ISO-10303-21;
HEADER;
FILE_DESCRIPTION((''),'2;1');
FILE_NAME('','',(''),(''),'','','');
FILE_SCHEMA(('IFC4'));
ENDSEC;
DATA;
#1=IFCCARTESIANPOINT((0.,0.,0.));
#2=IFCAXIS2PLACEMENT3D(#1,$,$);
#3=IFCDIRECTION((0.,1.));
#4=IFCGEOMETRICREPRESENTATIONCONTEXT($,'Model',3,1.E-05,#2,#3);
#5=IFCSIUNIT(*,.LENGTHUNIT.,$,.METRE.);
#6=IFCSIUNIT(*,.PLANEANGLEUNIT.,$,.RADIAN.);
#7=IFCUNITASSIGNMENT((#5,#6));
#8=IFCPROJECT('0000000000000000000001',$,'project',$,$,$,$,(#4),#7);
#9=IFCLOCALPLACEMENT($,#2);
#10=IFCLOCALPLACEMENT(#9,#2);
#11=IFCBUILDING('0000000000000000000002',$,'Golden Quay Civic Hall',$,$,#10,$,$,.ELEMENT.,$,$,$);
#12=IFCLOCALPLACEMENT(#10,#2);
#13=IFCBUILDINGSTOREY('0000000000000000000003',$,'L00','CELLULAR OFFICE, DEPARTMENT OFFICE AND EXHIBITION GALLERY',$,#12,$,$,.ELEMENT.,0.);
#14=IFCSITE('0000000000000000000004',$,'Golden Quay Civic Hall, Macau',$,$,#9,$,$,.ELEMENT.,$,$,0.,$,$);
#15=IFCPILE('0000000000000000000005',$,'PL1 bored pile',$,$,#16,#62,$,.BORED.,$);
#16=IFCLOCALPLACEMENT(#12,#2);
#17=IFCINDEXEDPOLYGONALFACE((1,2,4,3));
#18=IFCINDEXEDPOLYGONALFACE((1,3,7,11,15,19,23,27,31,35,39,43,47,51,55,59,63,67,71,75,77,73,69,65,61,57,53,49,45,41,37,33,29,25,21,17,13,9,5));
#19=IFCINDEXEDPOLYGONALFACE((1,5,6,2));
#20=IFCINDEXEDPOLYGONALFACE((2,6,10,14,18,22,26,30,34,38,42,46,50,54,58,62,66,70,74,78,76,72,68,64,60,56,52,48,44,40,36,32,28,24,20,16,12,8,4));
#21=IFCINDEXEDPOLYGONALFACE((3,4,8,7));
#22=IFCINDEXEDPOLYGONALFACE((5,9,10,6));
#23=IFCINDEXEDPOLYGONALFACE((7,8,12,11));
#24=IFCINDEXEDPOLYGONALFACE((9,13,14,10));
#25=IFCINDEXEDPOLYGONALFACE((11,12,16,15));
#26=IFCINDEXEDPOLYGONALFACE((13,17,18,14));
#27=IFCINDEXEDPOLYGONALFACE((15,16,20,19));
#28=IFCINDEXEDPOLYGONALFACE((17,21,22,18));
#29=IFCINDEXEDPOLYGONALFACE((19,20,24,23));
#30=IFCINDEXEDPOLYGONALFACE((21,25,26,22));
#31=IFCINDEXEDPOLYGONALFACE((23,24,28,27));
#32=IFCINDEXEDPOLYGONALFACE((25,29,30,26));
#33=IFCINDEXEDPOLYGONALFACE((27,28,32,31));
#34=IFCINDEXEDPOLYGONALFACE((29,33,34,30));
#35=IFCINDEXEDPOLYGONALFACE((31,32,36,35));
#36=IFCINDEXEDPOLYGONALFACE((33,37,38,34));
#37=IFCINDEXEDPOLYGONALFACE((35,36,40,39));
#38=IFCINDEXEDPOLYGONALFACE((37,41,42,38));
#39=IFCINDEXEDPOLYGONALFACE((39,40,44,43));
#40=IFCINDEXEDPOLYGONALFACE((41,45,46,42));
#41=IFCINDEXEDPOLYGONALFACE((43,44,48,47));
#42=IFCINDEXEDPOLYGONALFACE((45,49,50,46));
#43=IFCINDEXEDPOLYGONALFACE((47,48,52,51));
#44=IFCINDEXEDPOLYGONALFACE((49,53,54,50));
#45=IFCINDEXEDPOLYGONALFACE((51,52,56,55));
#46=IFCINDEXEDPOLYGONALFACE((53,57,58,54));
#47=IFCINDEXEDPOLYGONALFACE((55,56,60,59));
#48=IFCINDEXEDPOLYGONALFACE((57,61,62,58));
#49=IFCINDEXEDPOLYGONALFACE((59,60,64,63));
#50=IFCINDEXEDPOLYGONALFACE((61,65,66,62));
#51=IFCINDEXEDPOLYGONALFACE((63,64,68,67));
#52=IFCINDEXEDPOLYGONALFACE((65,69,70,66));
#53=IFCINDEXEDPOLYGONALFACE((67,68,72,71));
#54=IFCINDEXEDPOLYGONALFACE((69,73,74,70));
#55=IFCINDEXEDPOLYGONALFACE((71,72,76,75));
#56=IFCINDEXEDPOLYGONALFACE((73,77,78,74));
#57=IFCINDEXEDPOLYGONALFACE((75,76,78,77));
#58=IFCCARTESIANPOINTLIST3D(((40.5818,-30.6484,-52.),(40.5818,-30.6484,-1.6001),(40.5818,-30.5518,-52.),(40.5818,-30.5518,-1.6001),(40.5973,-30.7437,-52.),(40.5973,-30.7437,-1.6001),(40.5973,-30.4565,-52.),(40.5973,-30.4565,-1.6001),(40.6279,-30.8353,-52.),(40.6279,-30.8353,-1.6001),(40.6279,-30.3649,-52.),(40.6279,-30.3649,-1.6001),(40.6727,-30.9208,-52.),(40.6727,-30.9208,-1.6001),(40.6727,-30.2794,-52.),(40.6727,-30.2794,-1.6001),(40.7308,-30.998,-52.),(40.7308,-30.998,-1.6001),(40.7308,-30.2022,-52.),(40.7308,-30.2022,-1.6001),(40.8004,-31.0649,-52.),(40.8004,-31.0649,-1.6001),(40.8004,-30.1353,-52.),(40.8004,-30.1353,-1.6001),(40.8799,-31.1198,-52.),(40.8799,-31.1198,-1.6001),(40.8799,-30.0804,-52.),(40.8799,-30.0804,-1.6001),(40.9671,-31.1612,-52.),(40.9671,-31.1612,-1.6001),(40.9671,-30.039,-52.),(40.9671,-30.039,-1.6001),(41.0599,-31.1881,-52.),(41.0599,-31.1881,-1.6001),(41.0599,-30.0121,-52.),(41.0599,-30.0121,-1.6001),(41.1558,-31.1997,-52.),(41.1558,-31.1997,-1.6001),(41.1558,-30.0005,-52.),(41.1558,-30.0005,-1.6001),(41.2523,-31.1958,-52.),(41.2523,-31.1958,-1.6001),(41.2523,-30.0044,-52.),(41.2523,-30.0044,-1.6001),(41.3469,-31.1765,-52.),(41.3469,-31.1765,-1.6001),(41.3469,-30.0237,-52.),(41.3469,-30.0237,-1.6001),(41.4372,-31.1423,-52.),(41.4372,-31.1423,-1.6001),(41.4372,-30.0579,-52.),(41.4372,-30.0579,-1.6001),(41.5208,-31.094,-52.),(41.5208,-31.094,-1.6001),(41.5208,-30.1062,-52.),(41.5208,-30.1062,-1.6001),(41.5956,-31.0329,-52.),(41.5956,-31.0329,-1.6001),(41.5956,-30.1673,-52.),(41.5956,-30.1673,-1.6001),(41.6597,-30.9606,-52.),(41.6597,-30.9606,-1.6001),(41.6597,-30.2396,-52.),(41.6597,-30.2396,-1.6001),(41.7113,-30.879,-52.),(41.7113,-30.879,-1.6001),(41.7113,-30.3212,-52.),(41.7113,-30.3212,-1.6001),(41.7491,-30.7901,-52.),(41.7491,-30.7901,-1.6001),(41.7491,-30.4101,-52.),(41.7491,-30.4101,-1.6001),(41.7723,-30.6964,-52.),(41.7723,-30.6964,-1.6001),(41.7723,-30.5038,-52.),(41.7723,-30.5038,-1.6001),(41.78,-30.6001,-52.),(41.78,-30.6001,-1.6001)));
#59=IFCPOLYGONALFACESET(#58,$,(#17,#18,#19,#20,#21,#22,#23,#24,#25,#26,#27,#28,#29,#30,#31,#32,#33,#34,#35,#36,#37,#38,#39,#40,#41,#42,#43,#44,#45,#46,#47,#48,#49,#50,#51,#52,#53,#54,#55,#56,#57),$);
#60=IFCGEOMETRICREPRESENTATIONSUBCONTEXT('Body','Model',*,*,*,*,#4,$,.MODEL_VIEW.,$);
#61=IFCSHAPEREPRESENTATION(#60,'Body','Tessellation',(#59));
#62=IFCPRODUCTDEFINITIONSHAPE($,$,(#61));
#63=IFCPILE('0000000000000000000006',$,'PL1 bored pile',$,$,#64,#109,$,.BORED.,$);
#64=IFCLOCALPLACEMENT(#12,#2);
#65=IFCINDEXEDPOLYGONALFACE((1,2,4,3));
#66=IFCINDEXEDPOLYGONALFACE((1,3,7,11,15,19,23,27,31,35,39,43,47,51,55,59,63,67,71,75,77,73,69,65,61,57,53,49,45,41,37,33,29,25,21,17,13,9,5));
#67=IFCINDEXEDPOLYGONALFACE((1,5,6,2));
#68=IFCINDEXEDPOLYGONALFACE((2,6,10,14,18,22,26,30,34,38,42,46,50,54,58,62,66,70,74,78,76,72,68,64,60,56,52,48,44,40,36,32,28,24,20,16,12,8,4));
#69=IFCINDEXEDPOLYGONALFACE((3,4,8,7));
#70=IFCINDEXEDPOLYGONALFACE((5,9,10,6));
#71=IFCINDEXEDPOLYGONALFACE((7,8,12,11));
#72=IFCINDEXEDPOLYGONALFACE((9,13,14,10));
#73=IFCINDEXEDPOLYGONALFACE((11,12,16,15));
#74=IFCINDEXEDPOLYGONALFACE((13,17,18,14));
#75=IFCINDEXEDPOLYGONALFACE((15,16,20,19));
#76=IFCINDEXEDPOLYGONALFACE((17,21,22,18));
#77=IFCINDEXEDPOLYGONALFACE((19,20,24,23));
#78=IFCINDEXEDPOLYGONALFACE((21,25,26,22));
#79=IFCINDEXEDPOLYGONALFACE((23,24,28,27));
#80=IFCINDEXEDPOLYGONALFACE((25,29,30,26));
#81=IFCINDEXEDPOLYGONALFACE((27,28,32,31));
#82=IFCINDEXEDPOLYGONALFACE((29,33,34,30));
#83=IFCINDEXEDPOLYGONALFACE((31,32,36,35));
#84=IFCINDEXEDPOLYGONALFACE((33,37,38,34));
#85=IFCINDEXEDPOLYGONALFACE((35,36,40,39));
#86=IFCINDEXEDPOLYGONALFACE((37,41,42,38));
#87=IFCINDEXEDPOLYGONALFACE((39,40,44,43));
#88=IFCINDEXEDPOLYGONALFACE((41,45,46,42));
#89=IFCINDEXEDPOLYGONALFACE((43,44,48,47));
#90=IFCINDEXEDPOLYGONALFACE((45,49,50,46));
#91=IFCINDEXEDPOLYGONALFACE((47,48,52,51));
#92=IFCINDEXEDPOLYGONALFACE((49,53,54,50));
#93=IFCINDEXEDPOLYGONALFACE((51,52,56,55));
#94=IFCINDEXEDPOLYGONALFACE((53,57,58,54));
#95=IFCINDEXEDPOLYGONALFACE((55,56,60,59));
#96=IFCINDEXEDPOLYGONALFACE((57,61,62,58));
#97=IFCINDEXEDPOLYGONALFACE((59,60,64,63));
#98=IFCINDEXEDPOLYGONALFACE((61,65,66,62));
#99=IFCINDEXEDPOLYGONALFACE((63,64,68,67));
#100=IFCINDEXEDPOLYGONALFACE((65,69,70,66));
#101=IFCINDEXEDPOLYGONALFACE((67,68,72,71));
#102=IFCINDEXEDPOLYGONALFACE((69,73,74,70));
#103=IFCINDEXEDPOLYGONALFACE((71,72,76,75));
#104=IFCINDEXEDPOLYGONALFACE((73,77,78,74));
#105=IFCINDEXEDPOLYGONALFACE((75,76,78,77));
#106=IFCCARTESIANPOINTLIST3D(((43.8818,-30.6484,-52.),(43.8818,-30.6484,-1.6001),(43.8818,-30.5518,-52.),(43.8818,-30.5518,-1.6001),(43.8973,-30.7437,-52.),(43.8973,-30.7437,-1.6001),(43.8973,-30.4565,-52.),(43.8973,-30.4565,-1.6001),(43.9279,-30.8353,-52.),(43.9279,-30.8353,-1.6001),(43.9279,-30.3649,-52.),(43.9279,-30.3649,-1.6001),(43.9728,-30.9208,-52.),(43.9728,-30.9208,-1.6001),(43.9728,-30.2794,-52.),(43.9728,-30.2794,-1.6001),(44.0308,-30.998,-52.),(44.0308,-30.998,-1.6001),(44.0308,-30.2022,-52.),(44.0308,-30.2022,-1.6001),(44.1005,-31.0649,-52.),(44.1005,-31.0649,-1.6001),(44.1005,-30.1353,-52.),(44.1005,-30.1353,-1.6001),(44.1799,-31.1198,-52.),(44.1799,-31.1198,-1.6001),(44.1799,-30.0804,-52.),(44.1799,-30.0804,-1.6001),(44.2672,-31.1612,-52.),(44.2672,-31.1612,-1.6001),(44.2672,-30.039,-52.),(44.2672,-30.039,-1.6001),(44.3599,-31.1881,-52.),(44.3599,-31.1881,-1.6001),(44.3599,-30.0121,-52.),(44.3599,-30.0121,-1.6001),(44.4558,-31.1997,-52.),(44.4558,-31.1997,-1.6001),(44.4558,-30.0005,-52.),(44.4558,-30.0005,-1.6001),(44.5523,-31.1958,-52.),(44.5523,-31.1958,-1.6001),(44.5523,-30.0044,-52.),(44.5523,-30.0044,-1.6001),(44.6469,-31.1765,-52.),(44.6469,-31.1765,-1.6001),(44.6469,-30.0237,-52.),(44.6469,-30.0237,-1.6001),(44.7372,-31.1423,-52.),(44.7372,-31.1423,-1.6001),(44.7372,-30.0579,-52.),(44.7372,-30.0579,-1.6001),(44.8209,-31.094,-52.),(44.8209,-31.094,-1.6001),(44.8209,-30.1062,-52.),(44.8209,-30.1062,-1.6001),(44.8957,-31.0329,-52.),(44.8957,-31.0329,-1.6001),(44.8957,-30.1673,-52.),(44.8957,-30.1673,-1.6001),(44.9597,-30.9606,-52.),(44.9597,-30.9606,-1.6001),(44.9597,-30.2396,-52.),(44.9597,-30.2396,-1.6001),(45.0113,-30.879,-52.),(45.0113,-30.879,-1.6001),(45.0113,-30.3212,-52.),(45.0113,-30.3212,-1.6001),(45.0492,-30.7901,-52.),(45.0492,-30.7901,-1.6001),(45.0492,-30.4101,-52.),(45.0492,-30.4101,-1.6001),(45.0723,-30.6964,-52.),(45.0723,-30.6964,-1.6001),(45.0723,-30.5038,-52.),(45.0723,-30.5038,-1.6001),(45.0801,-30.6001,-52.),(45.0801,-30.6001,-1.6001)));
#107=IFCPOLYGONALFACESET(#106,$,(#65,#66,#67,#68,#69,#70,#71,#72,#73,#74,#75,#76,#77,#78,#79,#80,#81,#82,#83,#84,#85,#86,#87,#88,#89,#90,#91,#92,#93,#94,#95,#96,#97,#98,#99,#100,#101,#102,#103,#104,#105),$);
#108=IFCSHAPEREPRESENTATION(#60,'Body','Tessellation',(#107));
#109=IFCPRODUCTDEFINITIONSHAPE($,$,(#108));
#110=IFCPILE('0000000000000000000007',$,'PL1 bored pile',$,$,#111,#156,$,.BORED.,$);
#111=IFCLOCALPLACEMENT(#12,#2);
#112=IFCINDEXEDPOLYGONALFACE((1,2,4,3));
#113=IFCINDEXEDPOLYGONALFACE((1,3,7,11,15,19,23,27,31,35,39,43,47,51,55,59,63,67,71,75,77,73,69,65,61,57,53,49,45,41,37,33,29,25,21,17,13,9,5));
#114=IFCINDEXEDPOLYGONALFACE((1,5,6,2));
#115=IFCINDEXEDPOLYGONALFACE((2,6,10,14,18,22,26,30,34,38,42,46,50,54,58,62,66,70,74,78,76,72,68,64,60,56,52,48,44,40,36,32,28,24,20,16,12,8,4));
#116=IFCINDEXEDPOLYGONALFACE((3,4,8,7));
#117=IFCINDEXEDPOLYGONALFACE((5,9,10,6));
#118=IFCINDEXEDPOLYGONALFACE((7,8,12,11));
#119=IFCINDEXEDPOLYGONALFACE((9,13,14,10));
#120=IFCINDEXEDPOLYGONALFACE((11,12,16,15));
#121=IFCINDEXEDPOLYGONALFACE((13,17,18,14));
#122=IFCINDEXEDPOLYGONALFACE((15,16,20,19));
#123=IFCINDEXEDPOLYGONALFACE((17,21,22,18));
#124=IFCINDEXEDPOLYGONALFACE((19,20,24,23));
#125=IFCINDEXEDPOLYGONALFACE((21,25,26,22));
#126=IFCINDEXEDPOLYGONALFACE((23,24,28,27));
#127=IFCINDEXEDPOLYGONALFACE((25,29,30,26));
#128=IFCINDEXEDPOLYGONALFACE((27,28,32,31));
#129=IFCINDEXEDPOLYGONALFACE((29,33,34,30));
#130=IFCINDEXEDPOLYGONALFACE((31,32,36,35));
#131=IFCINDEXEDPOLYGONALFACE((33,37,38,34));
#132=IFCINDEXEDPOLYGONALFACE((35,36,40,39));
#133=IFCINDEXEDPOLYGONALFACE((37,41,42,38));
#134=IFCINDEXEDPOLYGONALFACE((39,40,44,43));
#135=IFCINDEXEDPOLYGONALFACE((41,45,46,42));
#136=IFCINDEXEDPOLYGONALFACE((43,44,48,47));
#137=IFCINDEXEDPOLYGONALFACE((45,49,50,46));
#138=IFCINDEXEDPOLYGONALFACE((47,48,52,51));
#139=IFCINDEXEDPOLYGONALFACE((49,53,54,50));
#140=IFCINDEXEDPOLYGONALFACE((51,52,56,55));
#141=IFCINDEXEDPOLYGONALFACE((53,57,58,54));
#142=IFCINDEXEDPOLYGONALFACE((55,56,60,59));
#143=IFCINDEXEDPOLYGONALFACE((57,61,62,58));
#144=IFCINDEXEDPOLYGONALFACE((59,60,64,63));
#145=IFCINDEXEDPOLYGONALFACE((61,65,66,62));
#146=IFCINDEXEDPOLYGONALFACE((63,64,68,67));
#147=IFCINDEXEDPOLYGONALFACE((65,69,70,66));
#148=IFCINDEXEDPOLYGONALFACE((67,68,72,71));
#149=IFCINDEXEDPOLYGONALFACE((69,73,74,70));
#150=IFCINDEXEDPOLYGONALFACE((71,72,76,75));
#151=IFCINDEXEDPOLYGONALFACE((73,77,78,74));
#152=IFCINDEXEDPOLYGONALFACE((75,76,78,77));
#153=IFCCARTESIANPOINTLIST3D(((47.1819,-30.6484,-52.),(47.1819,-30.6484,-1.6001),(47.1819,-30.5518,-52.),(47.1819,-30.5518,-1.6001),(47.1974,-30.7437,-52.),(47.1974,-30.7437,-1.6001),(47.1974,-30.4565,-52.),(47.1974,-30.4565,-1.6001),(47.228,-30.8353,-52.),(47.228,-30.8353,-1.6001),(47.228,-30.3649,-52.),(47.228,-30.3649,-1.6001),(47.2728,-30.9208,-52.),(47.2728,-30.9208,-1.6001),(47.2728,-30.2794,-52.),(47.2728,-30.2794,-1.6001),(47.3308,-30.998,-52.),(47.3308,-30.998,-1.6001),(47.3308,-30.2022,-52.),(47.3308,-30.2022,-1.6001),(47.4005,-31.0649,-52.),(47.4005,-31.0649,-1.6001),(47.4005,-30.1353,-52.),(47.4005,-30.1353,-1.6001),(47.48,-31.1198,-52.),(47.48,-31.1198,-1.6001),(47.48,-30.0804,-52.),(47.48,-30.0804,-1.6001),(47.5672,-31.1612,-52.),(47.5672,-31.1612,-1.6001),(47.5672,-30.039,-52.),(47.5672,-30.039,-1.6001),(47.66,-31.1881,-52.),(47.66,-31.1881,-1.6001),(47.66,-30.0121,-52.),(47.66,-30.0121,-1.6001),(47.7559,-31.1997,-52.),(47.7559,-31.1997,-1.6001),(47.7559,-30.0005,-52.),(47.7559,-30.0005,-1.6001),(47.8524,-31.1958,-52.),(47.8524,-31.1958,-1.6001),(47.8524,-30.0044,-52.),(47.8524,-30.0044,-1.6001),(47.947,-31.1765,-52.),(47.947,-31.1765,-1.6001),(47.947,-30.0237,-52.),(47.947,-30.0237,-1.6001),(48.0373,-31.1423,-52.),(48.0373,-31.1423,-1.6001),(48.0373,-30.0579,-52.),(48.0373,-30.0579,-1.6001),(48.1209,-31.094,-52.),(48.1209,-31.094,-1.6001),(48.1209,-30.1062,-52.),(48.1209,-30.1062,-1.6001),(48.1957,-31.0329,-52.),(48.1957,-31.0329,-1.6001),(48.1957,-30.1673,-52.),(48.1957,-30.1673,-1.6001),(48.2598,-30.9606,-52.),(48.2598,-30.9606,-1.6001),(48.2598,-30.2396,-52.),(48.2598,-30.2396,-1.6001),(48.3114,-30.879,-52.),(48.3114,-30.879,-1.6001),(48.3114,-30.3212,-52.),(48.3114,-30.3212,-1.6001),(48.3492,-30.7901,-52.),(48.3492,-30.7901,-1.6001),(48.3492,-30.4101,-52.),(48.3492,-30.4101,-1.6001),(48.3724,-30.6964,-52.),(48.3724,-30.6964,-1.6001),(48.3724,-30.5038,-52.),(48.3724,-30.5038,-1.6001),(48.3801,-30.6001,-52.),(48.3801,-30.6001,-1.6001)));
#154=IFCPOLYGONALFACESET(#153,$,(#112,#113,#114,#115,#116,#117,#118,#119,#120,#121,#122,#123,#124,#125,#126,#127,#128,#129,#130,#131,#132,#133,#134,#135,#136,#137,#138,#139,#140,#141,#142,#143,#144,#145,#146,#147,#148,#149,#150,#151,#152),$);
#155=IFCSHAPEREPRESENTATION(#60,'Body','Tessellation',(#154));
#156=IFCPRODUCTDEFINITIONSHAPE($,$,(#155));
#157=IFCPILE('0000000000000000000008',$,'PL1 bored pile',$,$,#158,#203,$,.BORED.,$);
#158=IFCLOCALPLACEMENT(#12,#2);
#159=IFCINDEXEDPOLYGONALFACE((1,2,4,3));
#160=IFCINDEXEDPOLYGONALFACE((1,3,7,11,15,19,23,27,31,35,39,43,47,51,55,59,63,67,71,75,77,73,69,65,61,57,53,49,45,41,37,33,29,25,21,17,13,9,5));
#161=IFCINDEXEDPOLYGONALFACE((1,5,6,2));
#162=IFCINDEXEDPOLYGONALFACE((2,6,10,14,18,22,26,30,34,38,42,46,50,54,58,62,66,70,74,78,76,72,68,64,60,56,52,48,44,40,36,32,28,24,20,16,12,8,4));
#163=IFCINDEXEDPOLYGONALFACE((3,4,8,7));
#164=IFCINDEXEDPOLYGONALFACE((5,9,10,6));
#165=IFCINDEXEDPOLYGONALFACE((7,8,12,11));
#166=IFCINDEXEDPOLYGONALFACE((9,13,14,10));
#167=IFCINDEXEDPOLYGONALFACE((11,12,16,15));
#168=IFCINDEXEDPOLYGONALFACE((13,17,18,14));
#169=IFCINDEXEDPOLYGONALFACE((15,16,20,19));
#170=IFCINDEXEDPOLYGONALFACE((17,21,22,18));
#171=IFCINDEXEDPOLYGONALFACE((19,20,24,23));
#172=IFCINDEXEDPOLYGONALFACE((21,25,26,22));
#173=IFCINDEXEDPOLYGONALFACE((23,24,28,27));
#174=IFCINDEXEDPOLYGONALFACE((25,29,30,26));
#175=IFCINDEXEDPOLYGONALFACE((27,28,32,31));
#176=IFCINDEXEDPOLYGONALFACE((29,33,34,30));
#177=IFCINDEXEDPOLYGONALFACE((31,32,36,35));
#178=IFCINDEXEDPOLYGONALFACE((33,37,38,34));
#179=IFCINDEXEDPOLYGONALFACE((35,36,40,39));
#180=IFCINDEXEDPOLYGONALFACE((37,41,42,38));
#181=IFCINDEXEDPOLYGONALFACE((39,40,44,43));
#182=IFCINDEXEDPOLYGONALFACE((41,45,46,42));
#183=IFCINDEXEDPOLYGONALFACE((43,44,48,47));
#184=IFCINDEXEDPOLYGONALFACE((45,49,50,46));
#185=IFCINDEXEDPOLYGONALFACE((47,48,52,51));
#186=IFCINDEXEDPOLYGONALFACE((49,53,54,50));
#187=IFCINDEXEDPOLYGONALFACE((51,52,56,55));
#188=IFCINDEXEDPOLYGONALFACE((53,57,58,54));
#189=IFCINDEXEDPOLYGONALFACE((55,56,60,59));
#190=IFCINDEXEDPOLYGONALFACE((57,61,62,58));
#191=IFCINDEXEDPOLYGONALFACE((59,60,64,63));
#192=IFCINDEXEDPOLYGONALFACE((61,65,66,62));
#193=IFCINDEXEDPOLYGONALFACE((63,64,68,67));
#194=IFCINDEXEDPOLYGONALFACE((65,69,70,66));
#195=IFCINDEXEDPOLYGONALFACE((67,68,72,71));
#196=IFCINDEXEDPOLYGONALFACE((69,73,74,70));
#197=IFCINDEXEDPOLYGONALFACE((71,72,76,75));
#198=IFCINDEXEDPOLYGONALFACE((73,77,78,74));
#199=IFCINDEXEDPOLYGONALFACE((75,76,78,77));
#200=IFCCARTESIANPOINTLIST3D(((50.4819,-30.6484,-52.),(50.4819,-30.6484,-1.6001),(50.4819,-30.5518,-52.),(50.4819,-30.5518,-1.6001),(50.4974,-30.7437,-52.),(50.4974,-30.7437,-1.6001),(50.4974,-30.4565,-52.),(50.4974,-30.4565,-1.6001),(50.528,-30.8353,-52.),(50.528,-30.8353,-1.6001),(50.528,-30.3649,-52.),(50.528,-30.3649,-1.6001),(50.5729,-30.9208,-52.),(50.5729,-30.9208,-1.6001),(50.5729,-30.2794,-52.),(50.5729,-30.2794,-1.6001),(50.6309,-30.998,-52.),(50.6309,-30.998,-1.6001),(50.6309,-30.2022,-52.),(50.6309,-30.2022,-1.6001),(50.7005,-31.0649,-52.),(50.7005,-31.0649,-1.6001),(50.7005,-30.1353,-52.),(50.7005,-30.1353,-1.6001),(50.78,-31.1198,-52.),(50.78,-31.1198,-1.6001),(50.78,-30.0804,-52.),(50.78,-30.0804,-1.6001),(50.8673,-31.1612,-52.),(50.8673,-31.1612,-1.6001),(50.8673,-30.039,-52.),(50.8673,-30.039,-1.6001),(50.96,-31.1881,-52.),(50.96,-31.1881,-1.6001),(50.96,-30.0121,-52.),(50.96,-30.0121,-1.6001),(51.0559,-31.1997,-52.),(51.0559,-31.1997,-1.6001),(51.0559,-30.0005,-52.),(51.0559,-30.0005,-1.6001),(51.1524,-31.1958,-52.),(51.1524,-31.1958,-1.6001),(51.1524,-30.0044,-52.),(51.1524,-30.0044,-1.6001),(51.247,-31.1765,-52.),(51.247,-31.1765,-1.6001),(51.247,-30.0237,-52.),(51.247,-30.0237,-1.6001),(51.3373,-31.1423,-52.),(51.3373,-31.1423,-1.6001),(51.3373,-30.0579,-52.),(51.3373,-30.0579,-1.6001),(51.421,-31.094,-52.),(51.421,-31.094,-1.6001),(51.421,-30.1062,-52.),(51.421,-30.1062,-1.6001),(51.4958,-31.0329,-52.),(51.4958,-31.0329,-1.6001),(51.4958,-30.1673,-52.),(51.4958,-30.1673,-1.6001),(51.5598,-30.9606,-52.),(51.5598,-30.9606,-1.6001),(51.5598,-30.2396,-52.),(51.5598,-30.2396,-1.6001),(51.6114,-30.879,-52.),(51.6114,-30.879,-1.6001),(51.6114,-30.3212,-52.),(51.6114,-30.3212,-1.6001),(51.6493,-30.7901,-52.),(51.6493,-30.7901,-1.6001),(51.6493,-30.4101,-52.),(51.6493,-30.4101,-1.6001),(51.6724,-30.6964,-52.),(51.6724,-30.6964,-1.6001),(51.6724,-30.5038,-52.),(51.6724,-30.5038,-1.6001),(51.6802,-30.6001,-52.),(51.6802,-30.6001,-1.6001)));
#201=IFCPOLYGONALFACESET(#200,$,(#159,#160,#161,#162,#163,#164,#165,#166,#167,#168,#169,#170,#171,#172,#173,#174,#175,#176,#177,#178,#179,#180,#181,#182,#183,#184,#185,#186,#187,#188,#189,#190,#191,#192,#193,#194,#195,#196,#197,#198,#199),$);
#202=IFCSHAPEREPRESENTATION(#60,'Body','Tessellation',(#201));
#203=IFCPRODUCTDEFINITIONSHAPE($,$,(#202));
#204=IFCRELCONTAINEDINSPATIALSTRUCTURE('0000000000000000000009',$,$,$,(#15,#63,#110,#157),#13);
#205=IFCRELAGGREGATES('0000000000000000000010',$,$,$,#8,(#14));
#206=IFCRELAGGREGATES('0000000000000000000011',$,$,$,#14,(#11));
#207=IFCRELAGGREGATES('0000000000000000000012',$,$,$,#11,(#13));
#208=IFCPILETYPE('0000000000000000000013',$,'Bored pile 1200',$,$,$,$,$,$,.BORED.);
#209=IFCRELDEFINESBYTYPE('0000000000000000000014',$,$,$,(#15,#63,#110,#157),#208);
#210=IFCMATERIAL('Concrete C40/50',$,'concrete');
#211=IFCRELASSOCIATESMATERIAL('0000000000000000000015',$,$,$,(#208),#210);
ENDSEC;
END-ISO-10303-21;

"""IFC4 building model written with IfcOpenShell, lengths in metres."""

from ifc_helpers import new_model, si_unit, direction, frame, origin, origin_2d, place, context, subcontext, project, spatial, circle, extrude, material, material_profile, profile_set, type_object, element, save


model = new_model("IFC4")

# Units and contexts
model_context = context("Model", 3, precision=1e-05, world=origin(), true_north=direction((0.0, 1.0)))
body_context = subcontext(model_context, "Body", "Model", "MODEL_VIEW")
ifc_project = project(units=[si_unit("LENGTHUNIT", "METRE"), si_unit("PLANEANGLEUNIT", "RADIAN")], contexts=[model_context])

# Site, building, storey
site_placement = place(None, origin())
site = spatial("IfcSite", under=ifc_project, at=site_placement, Name="Golden Quay Civic Hall, Macau", CompositionType="ELEMENT", RefElevation=0.0)
building_placement = place(site_placement, origin())
building = spatial("IfcBuilding", under=site, at=building_placement, Name="Golden Quay Civic Hall", CompositionType="ELEMENT")
storey_placement = place(building_placement, origin())
storey = spatial("IfcBuildingStorey", under=building, at=storey_placement, Name="L00", Description="CELLULAR OFFICE, DEPARTMENT OFFICE AND EXHIBITION GALLERY", CompositionType="ELEMENT", Elevation=0.0)

# Piles
ifc_material_1 = material(Name="Concrete C40/50", Category="concrete")
ifc_material_profile_1 = material_profile(ifc_material_1, circle(Radius=0.6001, at=origin_2d()), Name="RC D1200")
ifc_profile_set_1 = profile_set([ifc_material_profile_1], Name="Concrete C40/50")
pile_type = type_object("IfcPileType", Name="Bored pile 1200", PredefinedType="BORED", material=ifc_profile_set_1)
for number, where, z_axis, x_axis, name in (
    (1, (41.1799, -30.6001, -1.6001), (0.0, 0.0, -1.0), (1.0, 0.0, 0.0), "PL1 bored pile"),
    (2, (44.48, -30.6001, -1.6001), (0.0, 0.0, -1.0), (1.0, 0.0, 0.0), "PL1 bored pile"),
    (3, (47.78, -30.6001, -1.6001), (0.0, 0.0, -1.0), (1.0, 0.0, 0.0), "PL1 bored pile"),
    (4, (51.0801, -30.6001, -1.6001), (0.0, 0.0, -1.0), (1.0, 0.0, 0.0), "PL1 bored pile"),
):
    element("IfcPile", number, at=place(storey_placement, frame(where, z_axis=z_axis, x_axis=x_axis)), inside=storey, type_object=pile_type, Name=name, PredefinedType="BORED", context=body_context, shape_type="SweptSolid", body=[
        extrude(circle(Radius=0.6001, at=origin_2d()), origin(), (0.0, 0.0, 1.0), 50.3999),
    ])

save(model, "model.ifc")
